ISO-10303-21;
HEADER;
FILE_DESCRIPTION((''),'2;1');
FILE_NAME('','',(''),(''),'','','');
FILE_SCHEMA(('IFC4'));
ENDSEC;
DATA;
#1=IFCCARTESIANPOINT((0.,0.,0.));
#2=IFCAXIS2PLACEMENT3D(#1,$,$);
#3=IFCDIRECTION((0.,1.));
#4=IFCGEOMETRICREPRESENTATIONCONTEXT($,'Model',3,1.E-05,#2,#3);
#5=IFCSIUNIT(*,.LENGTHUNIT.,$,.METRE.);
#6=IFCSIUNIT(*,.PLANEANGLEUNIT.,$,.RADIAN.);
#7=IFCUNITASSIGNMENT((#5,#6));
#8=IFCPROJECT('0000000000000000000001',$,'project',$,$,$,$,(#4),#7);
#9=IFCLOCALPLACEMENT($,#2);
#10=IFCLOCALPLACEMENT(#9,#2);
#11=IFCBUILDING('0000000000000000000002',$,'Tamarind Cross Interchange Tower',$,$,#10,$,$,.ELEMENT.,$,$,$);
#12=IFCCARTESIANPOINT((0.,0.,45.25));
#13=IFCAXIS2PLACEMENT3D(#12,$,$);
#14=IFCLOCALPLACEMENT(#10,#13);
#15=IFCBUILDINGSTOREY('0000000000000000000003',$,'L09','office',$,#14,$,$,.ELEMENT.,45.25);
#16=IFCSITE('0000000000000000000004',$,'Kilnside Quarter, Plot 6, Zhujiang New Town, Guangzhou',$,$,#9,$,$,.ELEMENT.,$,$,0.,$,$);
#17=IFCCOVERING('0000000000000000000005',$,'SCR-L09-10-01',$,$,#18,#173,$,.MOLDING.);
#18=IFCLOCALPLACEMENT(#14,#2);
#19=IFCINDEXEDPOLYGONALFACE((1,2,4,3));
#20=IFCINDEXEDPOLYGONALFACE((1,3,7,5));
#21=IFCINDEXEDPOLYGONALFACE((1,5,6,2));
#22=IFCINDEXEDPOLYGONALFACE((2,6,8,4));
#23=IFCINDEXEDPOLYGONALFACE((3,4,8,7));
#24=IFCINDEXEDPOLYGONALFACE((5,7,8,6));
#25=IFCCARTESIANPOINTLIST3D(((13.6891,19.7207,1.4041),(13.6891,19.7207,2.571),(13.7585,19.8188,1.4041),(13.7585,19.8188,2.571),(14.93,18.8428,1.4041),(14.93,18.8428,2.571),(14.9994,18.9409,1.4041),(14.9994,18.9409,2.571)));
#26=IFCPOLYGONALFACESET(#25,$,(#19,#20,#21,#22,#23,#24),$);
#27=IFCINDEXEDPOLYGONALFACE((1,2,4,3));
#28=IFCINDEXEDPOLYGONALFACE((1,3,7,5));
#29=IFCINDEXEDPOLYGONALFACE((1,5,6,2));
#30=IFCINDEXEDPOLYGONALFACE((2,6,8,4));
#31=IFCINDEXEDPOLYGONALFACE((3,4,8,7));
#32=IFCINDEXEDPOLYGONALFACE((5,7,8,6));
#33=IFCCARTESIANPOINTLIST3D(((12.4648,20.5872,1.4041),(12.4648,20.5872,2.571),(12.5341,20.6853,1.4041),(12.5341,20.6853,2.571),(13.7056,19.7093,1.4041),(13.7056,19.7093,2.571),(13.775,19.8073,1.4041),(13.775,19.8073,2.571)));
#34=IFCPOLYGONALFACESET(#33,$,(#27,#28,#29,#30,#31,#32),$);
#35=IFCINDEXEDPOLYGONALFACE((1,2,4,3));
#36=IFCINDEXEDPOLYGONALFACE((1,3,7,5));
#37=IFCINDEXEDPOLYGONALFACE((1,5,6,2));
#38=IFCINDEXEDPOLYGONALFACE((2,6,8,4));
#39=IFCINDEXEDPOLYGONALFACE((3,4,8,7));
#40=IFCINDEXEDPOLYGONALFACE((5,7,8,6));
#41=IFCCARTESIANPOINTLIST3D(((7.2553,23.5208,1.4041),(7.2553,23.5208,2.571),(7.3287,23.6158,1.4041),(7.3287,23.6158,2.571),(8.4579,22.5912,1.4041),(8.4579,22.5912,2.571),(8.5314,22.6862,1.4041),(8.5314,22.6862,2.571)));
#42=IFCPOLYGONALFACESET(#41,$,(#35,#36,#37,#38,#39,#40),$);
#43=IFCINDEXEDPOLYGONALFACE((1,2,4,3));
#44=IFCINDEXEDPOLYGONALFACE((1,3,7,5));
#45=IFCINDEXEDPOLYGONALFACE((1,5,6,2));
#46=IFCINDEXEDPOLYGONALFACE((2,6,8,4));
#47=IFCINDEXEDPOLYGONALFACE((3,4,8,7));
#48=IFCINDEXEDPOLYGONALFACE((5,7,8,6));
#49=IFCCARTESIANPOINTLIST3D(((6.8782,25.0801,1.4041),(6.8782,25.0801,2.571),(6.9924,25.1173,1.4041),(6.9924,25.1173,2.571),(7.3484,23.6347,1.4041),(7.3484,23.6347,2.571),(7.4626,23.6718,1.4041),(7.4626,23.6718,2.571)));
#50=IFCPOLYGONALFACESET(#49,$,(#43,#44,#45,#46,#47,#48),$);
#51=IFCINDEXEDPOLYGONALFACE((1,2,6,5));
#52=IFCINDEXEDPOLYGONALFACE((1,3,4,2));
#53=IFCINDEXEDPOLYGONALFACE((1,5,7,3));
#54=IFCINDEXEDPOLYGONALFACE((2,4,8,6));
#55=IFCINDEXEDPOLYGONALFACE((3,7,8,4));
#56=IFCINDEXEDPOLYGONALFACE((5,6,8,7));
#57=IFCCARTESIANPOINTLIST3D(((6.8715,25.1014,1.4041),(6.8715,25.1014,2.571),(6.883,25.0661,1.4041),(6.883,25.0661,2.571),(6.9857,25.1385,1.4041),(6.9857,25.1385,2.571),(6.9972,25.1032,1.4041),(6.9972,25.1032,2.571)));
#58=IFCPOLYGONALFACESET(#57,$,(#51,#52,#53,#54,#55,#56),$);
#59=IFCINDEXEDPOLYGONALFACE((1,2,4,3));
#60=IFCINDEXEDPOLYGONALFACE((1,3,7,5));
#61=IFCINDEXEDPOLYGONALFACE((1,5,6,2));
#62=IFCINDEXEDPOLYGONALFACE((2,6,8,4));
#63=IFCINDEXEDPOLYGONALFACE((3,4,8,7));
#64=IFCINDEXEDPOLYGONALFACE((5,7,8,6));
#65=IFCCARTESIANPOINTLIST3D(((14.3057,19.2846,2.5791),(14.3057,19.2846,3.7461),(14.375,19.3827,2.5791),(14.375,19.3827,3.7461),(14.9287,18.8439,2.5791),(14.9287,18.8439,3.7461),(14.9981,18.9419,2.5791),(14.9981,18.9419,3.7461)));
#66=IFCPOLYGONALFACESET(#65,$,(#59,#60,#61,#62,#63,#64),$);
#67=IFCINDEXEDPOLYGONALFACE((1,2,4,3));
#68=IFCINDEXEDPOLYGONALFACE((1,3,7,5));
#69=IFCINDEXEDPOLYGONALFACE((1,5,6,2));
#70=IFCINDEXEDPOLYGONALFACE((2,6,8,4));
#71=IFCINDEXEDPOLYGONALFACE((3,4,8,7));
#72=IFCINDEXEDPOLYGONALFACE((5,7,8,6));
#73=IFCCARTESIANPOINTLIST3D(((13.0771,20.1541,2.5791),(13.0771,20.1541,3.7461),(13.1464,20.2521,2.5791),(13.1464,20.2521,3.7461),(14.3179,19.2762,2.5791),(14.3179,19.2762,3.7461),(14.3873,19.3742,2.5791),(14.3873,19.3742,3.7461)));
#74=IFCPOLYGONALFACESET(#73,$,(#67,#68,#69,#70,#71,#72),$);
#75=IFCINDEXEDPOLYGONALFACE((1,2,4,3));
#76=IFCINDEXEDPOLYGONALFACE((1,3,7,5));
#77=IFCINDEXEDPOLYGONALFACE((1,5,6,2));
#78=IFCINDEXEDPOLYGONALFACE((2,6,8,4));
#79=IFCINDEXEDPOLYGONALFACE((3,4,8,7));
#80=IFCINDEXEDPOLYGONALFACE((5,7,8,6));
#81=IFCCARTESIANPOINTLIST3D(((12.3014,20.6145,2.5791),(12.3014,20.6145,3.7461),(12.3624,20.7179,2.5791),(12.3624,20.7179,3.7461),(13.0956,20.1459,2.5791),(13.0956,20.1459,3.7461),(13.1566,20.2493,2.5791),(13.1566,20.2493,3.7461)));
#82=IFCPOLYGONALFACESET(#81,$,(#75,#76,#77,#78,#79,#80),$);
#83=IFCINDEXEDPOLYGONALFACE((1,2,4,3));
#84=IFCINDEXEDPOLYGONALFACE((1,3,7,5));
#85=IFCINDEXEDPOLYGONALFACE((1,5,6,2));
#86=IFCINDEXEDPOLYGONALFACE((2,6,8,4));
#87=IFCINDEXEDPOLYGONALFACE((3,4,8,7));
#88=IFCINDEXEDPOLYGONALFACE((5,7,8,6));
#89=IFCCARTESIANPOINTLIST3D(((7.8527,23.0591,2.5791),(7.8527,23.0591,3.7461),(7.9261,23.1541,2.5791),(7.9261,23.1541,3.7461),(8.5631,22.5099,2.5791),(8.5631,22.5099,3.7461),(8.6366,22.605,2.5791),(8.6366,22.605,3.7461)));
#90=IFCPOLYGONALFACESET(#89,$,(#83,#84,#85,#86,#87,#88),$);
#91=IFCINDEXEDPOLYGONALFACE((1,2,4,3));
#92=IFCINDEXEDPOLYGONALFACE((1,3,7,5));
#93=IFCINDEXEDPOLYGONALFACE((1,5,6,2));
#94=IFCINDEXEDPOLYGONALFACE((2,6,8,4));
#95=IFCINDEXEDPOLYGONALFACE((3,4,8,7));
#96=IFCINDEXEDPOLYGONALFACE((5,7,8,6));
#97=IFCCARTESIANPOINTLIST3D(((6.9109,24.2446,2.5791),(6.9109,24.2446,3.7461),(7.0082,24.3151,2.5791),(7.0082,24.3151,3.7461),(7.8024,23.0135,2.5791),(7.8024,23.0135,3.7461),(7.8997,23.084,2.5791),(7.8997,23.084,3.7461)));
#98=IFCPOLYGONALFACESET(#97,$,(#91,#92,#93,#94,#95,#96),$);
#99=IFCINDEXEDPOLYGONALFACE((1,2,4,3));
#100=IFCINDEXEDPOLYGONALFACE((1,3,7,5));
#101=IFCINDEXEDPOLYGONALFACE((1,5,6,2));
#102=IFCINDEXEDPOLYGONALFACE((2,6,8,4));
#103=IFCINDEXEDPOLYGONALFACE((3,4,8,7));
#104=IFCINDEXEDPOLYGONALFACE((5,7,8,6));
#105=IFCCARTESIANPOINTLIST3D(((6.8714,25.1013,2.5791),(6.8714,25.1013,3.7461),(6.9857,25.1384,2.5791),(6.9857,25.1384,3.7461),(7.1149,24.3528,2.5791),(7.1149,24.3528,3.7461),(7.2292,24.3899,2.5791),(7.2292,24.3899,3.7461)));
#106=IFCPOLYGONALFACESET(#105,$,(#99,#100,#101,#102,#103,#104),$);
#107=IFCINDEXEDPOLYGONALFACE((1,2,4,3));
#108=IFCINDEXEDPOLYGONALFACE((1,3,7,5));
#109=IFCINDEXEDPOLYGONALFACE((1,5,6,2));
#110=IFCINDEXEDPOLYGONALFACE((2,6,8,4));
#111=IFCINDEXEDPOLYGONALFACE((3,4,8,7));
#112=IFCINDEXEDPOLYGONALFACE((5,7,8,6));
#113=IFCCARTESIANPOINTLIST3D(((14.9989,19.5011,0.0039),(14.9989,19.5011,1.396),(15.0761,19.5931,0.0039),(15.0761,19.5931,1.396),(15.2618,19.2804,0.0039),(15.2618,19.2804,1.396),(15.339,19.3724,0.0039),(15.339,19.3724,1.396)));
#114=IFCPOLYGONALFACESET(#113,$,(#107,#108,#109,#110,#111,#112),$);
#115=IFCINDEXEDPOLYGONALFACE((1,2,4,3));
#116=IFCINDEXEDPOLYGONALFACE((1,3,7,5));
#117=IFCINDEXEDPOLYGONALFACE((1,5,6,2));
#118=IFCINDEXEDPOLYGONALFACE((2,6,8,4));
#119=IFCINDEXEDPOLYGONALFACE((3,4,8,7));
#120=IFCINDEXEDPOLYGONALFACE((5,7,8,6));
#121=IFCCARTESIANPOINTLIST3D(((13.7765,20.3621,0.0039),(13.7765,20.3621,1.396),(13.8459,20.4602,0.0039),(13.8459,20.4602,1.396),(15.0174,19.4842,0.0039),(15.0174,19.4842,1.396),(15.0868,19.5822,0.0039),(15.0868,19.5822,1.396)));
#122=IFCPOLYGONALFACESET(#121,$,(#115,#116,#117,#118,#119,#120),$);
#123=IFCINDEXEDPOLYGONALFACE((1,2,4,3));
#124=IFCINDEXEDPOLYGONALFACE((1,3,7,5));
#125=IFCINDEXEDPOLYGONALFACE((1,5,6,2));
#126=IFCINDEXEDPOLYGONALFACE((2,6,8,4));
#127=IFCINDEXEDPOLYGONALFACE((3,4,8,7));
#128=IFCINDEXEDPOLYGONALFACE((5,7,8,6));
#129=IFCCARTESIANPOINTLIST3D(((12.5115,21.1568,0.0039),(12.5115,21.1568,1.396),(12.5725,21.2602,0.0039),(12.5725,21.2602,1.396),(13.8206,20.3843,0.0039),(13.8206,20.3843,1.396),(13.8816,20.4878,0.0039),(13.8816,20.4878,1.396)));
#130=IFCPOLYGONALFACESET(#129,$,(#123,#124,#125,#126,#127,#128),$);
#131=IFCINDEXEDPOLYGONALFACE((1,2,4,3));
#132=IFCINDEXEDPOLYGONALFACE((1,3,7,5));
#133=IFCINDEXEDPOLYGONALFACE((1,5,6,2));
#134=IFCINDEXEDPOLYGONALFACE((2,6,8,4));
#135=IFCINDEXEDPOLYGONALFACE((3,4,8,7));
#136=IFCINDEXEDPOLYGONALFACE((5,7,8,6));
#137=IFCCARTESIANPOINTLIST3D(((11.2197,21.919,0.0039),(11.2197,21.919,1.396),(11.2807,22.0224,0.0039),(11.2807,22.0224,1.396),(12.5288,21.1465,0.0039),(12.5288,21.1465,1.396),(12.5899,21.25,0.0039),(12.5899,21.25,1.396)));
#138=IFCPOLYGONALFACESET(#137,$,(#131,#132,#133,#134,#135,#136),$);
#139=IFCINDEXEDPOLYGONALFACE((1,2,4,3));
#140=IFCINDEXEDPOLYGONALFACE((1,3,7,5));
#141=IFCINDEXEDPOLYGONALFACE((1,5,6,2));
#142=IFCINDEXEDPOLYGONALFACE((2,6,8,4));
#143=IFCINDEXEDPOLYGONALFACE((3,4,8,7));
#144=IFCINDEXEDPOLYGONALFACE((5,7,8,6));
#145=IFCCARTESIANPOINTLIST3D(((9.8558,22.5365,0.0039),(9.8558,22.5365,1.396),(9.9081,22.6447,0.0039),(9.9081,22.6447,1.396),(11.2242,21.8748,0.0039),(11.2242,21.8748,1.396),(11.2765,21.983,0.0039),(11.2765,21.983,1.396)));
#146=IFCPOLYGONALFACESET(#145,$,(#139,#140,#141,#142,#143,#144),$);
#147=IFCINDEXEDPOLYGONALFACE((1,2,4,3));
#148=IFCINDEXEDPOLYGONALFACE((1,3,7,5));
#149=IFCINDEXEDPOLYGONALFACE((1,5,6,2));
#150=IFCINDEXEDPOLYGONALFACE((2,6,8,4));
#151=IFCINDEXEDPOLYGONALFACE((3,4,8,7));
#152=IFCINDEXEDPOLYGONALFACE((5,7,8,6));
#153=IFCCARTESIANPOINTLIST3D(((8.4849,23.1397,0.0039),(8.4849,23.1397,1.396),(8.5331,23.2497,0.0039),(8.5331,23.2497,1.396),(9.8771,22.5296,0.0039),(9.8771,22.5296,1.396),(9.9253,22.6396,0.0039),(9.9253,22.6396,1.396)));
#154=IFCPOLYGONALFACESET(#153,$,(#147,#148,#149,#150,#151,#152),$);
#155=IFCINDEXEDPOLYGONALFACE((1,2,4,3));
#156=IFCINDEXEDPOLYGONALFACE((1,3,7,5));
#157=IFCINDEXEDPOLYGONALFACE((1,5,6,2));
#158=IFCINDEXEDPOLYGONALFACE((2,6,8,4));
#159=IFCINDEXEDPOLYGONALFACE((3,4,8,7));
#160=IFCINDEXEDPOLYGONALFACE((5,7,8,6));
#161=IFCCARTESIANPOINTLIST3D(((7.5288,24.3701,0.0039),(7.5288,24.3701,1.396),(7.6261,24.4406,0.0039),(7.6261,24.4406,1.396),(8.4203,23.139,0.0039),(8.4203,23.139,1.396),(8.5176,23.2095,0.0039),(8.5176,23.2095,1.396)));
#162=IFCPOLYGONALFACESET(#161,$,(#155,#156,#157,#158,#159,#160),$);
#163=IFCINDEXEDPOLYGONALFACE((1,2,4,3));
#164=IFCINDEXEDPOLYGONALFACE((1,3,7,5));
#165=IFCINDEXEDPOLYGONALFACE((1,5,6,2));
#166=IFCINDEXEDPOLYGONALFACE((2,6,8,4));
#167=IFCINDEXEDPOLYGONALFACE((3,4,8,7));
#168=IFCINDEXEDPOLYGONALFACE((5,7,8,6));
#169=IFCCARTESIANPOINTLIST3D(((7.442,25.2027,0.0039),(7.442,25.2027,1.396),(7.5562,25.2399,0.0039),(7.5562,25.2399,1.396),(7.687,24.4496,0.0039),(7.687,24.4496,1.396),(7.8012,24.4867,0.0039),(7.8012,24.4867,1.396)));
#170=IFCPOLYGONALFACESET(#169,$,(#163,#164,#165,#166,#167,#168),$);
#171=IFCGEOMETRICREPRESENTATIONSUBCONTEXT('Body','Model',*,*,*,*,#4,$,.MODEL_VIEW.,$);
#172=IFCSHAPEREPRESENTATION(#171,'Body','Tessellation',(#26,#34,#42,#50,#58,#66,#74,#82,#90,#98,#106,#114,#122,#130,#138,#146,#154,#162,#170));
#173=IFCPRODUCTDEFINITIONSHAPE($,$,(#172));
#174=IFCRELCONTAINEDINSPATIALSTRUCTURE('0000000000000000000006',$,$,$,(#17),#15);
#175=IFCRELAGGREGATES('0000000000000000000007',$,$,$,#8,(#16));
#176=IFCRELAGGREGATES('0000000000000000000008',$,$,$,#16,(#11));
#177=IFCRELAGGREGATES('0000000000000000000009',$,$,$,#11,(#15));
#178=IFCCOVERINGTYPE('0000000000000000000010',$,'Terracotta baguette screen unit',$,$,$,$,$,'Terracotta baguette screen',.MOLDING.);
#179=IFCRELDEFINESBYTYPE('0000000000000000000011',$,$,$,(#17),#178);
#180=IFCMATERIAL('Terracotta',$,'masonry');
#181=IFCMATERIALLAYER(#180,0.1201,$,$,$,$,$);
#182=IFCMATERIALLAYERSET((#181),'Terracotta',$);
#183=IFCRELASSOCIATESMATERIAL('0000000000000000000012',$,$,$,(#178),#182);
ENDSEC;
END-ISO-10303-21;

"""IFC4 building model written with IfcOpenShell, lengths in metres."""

from ifc_helpers import new_model, si_unit, direction, frame, origin, origin_2d, place, context, subcontext, project, spatial, rectangle, extrude, material, layer, layer_set, type_object, element, save


model = new_model("IFC4")

# Units and contexts
model_context = context("Model", 3, precision=1e-05, world=origin(), true_north=direction((0.0, 1.0)))
body_context = subcontext(model_context, "Body", "Model", "MODEL_VIEW")
ifc_project = project(units=[si_unit("LENGTHUNIT", "METRE"), si_unit("PLANEANGLEUNIT", "RADIAN")], contexts=[model_context])

# Site, building, storey
site_placement = place(None, origin())
site = spatial("IfcSite", under=ifc_project, at=site_placement, Name="Kilnside Quarter, Plot 6, Zhujiang New Town, Guangzhou", CompositionType="ELEMENT", RefElevation=0.0)
building_placement = place(site_placement, origin())
building = spatial("IfcBuilding", under=site, at=building_placement, Name="Tamarind Cross Interchange Tower", CompositionType="ELEMENT")
storey_placement = place(building_placement, frame((0.0, 0.0, 45.25)))
storey = spatial("IfcBuildingStorey", under=building, at=storey_placement, Name="L09", Description="office", CompositionType="ELEMENT", Elevation=45.25)

# Covering
ifc_material_1 = material(Name="Terracotta", Category="masonry")
ifc_layer_1 = layer(ifc_material_1, 0.1201)
ifc_layer_set_1 = layer_set([ifc_layer_1], Name="Terracotta")
covering_type = type_object("IfcCoveringType", Name="Terracotta baguette screen unit", ElementType="Terracotta baguette screen", PredefinedType="MOLDING", material=ifc_layer_set_1)
covering_1_placement = place(storey_placement, origin())
element("IfcCovering", 1, at=covering_1_placement, inside=storey, type_object=covering_type, Name="SCR-L09-10-01", PredefinedType="MOLDING", context=body_context, shape_type="SweptSolid", body=[
    extrude(rectangle(XDim=1.52, YDim=0.1201, at=origin_2d()), frame((14.3442, 19.3308, 1.4041), z_axis=(0.0, 0.0, 1.0), x_axis=(-0.816342, 0.577569, 0.0)), (0.0, 0.0, 1.0), 1.167),
    extrude(rectangle(XDim=1.52, YDim=0.1201, at=origin_2d()), frame((13.1199, 20.1973, 1.4041), z_axis=(0.0, 0.0, 1.0), x_axis=(-0.816342, 0.577569, 0.0)), (0.0, 0.0, 1.0), 1.167),
    extrude(rectangle(XDim=1.52, YDim=0.1201, at=origin_2d()), frame((7.8933, 23.1035, 1.4041), z_axis=(0.0, 0.0, 1.0), x_axis=(-0.791189, 0.611572, 0.0)), (0.0, 0.0, 1.0), 1.167),
    extrude(rectangle(XDim=1.52, YDim=0.1201, at=origin_2d()), frame((7.1704, 24.376, 1.4041), z_axis=(0.0, 0.0, 1.0), x_axis=(-0.309361, 0.950945, 0.0)), (0.0, 0.0, 1.0), 1.167),
    extrude(rectangle(XDim=0.0371, YDim=0.1201, at=origin_2d()), frame((6.9343, 25.1023, 1.4041), z_axis=(0.0, 0.0, 1.0), x_axis=(-0.309361, 0.950945, 0.0)), (0.0, 0.0, 1.0), 1.167),
    extrude(rectangle(XDim=0.7632, YDim=0.1201, at=origin_2d()), frame((14.6519, 19.1133, 2.5791), z_axis=(0.0, 0.0, 1.0), x_axis=(-0.816342, 0.577569, 0.0)), (0.0, 0.0, 1.0), 1.167),
    extrude(rectangle(XDim=1.52, YDim=0.1201, at=origin_2d()), frame((13.7322, 19.7642, 2.5791), z_axis=(0.0, 0.0, 1.0), x_axis=(-0.816342, 0.577569, 0.0)), (0.0, 0.0, 1.0), 1.167),
    extrude(rectangle(XDim=0.9221, YDim=0.1201, at=origin_2d()), frame((12.729, 20.4319, 2.5791), z_axis=(0.0, 0.0, 1.0), x_axis=(-0.861249, 0.508183, 0.0)), (0.0, 0.0, 1.0), 1.167),
    extrude(rectangle(XDim=0.8979, YDim=0.1201, at=origin_2d()), frame((8.2446, 22.832, 2.5791), z_axis=(0.0, 0.0, 1.0), x_axis=(-0.791189, 0.611572, 0.0)), (0.0, 0.0, 1.0), 1.167),
    extrude(rectangle(XDim=1.52, YDim=0.1201, at=origin_2d()), frame((7.4053, 23.6643, 2.5791), z_axis=(0.0, 0.0, 1.0), x_axis=(-0.586504, 0.809946, 0.0)), (0.0, 0.0, 1.0), 1.167),
    extrude(rectangle(XDim=0.7871, YDim=0.1201, at=origin_2d()), frame((7.0503, 24.7456, 2.5791), z_axis=(0.0, 0.0, 1.0), x_axis=(-0.309361, 0.950945, 0.0)), (0.0, 0.0, 1.0), 1.167),
    extrude(rectangle(XDim=0.3433, YDim=0.1201, at=origin_2d()), frame((15.1689, 19.4368, 0.0039), z_axis=(0.0, 0.0, 1.0), x_axis=(-0.765858, 0.643009, 0.0)), (0.0, 0.0, 1.0), 1.3921),
    extrude(rectangle(XDim=1.52, YDim=0.1201, at=origin_2d()), frame((14.4316, 19.9722, 0.0039), z_axis=(0.0, 0.0, 1.0), x_axis=(-0.816342, 0.577569, 0.0)), (0.0, 0.0, 1.0), 1.3921),
    extrude(rectangle(XDim=1.52, YDim=0.1201, at=origin_2d()), frame((13.1965, 20.8223, 0.0039), z_axis=(0.0, 0.0, 1.0), x_axis=(-0.861249, 0.508183, 0.0)), (0.0, 0.0, 1.0), 1.3921),
    extrude(rectangle(XDim=1.52, YDim=0.1201, at=origin_2d()), frame((11.9048, 21.5845, 0.0039), z_axis=(0.0, 0.0, 1.0), x_axis=(-0.861249, 0.508183, 0.0)), (0.0, 0.0, 1.0), 1.3921),
    extrude(rectangle(XDim=1.52, YDim=0.1201, at=origin_2d()), frame((10.5662, 22.2598, 0.0039), z_axis=(0.0, 0.0, 1.0), x_axis=(-0.900273, 0.435326, 0.0)), (0.0, 0.0, 1.0), 1.3921),
    extrude(rectangle(XDim=1.52, YDim=0.1201, at=origin_2d()), frame((9.2051, 22.8896, 0.0039), z_axis=(0.0, 0.0, 1.0), x_axis=(-0.915926, 0.401346, 0.0)), (0.0, 0.0, 1.0), 1.3921),
    extrude(rectangle(XDim=1.52, YDim=0.1201, at=origin_2d()), frame((8.0232, 23.7898, 0.0039), z_axis=(0.0, 0.0, 1.0), x_axis=(-0.586504, 0.809946, 0.0)), (0.0, 0.0, 1.0), 1.3921),
    extrude(rectangle(XDim=0.792, YDim=0.1201, at=origin_2d()), frame((7.6216, 24.8447, 0.0039), z_axis=(0.0, 0.0, 1.0), x_axis=(-0.309361, 0.950945, 0.0)), (0.0, 0.0, 1.0), 1.3921),
])

save(model, "model.ifc")
